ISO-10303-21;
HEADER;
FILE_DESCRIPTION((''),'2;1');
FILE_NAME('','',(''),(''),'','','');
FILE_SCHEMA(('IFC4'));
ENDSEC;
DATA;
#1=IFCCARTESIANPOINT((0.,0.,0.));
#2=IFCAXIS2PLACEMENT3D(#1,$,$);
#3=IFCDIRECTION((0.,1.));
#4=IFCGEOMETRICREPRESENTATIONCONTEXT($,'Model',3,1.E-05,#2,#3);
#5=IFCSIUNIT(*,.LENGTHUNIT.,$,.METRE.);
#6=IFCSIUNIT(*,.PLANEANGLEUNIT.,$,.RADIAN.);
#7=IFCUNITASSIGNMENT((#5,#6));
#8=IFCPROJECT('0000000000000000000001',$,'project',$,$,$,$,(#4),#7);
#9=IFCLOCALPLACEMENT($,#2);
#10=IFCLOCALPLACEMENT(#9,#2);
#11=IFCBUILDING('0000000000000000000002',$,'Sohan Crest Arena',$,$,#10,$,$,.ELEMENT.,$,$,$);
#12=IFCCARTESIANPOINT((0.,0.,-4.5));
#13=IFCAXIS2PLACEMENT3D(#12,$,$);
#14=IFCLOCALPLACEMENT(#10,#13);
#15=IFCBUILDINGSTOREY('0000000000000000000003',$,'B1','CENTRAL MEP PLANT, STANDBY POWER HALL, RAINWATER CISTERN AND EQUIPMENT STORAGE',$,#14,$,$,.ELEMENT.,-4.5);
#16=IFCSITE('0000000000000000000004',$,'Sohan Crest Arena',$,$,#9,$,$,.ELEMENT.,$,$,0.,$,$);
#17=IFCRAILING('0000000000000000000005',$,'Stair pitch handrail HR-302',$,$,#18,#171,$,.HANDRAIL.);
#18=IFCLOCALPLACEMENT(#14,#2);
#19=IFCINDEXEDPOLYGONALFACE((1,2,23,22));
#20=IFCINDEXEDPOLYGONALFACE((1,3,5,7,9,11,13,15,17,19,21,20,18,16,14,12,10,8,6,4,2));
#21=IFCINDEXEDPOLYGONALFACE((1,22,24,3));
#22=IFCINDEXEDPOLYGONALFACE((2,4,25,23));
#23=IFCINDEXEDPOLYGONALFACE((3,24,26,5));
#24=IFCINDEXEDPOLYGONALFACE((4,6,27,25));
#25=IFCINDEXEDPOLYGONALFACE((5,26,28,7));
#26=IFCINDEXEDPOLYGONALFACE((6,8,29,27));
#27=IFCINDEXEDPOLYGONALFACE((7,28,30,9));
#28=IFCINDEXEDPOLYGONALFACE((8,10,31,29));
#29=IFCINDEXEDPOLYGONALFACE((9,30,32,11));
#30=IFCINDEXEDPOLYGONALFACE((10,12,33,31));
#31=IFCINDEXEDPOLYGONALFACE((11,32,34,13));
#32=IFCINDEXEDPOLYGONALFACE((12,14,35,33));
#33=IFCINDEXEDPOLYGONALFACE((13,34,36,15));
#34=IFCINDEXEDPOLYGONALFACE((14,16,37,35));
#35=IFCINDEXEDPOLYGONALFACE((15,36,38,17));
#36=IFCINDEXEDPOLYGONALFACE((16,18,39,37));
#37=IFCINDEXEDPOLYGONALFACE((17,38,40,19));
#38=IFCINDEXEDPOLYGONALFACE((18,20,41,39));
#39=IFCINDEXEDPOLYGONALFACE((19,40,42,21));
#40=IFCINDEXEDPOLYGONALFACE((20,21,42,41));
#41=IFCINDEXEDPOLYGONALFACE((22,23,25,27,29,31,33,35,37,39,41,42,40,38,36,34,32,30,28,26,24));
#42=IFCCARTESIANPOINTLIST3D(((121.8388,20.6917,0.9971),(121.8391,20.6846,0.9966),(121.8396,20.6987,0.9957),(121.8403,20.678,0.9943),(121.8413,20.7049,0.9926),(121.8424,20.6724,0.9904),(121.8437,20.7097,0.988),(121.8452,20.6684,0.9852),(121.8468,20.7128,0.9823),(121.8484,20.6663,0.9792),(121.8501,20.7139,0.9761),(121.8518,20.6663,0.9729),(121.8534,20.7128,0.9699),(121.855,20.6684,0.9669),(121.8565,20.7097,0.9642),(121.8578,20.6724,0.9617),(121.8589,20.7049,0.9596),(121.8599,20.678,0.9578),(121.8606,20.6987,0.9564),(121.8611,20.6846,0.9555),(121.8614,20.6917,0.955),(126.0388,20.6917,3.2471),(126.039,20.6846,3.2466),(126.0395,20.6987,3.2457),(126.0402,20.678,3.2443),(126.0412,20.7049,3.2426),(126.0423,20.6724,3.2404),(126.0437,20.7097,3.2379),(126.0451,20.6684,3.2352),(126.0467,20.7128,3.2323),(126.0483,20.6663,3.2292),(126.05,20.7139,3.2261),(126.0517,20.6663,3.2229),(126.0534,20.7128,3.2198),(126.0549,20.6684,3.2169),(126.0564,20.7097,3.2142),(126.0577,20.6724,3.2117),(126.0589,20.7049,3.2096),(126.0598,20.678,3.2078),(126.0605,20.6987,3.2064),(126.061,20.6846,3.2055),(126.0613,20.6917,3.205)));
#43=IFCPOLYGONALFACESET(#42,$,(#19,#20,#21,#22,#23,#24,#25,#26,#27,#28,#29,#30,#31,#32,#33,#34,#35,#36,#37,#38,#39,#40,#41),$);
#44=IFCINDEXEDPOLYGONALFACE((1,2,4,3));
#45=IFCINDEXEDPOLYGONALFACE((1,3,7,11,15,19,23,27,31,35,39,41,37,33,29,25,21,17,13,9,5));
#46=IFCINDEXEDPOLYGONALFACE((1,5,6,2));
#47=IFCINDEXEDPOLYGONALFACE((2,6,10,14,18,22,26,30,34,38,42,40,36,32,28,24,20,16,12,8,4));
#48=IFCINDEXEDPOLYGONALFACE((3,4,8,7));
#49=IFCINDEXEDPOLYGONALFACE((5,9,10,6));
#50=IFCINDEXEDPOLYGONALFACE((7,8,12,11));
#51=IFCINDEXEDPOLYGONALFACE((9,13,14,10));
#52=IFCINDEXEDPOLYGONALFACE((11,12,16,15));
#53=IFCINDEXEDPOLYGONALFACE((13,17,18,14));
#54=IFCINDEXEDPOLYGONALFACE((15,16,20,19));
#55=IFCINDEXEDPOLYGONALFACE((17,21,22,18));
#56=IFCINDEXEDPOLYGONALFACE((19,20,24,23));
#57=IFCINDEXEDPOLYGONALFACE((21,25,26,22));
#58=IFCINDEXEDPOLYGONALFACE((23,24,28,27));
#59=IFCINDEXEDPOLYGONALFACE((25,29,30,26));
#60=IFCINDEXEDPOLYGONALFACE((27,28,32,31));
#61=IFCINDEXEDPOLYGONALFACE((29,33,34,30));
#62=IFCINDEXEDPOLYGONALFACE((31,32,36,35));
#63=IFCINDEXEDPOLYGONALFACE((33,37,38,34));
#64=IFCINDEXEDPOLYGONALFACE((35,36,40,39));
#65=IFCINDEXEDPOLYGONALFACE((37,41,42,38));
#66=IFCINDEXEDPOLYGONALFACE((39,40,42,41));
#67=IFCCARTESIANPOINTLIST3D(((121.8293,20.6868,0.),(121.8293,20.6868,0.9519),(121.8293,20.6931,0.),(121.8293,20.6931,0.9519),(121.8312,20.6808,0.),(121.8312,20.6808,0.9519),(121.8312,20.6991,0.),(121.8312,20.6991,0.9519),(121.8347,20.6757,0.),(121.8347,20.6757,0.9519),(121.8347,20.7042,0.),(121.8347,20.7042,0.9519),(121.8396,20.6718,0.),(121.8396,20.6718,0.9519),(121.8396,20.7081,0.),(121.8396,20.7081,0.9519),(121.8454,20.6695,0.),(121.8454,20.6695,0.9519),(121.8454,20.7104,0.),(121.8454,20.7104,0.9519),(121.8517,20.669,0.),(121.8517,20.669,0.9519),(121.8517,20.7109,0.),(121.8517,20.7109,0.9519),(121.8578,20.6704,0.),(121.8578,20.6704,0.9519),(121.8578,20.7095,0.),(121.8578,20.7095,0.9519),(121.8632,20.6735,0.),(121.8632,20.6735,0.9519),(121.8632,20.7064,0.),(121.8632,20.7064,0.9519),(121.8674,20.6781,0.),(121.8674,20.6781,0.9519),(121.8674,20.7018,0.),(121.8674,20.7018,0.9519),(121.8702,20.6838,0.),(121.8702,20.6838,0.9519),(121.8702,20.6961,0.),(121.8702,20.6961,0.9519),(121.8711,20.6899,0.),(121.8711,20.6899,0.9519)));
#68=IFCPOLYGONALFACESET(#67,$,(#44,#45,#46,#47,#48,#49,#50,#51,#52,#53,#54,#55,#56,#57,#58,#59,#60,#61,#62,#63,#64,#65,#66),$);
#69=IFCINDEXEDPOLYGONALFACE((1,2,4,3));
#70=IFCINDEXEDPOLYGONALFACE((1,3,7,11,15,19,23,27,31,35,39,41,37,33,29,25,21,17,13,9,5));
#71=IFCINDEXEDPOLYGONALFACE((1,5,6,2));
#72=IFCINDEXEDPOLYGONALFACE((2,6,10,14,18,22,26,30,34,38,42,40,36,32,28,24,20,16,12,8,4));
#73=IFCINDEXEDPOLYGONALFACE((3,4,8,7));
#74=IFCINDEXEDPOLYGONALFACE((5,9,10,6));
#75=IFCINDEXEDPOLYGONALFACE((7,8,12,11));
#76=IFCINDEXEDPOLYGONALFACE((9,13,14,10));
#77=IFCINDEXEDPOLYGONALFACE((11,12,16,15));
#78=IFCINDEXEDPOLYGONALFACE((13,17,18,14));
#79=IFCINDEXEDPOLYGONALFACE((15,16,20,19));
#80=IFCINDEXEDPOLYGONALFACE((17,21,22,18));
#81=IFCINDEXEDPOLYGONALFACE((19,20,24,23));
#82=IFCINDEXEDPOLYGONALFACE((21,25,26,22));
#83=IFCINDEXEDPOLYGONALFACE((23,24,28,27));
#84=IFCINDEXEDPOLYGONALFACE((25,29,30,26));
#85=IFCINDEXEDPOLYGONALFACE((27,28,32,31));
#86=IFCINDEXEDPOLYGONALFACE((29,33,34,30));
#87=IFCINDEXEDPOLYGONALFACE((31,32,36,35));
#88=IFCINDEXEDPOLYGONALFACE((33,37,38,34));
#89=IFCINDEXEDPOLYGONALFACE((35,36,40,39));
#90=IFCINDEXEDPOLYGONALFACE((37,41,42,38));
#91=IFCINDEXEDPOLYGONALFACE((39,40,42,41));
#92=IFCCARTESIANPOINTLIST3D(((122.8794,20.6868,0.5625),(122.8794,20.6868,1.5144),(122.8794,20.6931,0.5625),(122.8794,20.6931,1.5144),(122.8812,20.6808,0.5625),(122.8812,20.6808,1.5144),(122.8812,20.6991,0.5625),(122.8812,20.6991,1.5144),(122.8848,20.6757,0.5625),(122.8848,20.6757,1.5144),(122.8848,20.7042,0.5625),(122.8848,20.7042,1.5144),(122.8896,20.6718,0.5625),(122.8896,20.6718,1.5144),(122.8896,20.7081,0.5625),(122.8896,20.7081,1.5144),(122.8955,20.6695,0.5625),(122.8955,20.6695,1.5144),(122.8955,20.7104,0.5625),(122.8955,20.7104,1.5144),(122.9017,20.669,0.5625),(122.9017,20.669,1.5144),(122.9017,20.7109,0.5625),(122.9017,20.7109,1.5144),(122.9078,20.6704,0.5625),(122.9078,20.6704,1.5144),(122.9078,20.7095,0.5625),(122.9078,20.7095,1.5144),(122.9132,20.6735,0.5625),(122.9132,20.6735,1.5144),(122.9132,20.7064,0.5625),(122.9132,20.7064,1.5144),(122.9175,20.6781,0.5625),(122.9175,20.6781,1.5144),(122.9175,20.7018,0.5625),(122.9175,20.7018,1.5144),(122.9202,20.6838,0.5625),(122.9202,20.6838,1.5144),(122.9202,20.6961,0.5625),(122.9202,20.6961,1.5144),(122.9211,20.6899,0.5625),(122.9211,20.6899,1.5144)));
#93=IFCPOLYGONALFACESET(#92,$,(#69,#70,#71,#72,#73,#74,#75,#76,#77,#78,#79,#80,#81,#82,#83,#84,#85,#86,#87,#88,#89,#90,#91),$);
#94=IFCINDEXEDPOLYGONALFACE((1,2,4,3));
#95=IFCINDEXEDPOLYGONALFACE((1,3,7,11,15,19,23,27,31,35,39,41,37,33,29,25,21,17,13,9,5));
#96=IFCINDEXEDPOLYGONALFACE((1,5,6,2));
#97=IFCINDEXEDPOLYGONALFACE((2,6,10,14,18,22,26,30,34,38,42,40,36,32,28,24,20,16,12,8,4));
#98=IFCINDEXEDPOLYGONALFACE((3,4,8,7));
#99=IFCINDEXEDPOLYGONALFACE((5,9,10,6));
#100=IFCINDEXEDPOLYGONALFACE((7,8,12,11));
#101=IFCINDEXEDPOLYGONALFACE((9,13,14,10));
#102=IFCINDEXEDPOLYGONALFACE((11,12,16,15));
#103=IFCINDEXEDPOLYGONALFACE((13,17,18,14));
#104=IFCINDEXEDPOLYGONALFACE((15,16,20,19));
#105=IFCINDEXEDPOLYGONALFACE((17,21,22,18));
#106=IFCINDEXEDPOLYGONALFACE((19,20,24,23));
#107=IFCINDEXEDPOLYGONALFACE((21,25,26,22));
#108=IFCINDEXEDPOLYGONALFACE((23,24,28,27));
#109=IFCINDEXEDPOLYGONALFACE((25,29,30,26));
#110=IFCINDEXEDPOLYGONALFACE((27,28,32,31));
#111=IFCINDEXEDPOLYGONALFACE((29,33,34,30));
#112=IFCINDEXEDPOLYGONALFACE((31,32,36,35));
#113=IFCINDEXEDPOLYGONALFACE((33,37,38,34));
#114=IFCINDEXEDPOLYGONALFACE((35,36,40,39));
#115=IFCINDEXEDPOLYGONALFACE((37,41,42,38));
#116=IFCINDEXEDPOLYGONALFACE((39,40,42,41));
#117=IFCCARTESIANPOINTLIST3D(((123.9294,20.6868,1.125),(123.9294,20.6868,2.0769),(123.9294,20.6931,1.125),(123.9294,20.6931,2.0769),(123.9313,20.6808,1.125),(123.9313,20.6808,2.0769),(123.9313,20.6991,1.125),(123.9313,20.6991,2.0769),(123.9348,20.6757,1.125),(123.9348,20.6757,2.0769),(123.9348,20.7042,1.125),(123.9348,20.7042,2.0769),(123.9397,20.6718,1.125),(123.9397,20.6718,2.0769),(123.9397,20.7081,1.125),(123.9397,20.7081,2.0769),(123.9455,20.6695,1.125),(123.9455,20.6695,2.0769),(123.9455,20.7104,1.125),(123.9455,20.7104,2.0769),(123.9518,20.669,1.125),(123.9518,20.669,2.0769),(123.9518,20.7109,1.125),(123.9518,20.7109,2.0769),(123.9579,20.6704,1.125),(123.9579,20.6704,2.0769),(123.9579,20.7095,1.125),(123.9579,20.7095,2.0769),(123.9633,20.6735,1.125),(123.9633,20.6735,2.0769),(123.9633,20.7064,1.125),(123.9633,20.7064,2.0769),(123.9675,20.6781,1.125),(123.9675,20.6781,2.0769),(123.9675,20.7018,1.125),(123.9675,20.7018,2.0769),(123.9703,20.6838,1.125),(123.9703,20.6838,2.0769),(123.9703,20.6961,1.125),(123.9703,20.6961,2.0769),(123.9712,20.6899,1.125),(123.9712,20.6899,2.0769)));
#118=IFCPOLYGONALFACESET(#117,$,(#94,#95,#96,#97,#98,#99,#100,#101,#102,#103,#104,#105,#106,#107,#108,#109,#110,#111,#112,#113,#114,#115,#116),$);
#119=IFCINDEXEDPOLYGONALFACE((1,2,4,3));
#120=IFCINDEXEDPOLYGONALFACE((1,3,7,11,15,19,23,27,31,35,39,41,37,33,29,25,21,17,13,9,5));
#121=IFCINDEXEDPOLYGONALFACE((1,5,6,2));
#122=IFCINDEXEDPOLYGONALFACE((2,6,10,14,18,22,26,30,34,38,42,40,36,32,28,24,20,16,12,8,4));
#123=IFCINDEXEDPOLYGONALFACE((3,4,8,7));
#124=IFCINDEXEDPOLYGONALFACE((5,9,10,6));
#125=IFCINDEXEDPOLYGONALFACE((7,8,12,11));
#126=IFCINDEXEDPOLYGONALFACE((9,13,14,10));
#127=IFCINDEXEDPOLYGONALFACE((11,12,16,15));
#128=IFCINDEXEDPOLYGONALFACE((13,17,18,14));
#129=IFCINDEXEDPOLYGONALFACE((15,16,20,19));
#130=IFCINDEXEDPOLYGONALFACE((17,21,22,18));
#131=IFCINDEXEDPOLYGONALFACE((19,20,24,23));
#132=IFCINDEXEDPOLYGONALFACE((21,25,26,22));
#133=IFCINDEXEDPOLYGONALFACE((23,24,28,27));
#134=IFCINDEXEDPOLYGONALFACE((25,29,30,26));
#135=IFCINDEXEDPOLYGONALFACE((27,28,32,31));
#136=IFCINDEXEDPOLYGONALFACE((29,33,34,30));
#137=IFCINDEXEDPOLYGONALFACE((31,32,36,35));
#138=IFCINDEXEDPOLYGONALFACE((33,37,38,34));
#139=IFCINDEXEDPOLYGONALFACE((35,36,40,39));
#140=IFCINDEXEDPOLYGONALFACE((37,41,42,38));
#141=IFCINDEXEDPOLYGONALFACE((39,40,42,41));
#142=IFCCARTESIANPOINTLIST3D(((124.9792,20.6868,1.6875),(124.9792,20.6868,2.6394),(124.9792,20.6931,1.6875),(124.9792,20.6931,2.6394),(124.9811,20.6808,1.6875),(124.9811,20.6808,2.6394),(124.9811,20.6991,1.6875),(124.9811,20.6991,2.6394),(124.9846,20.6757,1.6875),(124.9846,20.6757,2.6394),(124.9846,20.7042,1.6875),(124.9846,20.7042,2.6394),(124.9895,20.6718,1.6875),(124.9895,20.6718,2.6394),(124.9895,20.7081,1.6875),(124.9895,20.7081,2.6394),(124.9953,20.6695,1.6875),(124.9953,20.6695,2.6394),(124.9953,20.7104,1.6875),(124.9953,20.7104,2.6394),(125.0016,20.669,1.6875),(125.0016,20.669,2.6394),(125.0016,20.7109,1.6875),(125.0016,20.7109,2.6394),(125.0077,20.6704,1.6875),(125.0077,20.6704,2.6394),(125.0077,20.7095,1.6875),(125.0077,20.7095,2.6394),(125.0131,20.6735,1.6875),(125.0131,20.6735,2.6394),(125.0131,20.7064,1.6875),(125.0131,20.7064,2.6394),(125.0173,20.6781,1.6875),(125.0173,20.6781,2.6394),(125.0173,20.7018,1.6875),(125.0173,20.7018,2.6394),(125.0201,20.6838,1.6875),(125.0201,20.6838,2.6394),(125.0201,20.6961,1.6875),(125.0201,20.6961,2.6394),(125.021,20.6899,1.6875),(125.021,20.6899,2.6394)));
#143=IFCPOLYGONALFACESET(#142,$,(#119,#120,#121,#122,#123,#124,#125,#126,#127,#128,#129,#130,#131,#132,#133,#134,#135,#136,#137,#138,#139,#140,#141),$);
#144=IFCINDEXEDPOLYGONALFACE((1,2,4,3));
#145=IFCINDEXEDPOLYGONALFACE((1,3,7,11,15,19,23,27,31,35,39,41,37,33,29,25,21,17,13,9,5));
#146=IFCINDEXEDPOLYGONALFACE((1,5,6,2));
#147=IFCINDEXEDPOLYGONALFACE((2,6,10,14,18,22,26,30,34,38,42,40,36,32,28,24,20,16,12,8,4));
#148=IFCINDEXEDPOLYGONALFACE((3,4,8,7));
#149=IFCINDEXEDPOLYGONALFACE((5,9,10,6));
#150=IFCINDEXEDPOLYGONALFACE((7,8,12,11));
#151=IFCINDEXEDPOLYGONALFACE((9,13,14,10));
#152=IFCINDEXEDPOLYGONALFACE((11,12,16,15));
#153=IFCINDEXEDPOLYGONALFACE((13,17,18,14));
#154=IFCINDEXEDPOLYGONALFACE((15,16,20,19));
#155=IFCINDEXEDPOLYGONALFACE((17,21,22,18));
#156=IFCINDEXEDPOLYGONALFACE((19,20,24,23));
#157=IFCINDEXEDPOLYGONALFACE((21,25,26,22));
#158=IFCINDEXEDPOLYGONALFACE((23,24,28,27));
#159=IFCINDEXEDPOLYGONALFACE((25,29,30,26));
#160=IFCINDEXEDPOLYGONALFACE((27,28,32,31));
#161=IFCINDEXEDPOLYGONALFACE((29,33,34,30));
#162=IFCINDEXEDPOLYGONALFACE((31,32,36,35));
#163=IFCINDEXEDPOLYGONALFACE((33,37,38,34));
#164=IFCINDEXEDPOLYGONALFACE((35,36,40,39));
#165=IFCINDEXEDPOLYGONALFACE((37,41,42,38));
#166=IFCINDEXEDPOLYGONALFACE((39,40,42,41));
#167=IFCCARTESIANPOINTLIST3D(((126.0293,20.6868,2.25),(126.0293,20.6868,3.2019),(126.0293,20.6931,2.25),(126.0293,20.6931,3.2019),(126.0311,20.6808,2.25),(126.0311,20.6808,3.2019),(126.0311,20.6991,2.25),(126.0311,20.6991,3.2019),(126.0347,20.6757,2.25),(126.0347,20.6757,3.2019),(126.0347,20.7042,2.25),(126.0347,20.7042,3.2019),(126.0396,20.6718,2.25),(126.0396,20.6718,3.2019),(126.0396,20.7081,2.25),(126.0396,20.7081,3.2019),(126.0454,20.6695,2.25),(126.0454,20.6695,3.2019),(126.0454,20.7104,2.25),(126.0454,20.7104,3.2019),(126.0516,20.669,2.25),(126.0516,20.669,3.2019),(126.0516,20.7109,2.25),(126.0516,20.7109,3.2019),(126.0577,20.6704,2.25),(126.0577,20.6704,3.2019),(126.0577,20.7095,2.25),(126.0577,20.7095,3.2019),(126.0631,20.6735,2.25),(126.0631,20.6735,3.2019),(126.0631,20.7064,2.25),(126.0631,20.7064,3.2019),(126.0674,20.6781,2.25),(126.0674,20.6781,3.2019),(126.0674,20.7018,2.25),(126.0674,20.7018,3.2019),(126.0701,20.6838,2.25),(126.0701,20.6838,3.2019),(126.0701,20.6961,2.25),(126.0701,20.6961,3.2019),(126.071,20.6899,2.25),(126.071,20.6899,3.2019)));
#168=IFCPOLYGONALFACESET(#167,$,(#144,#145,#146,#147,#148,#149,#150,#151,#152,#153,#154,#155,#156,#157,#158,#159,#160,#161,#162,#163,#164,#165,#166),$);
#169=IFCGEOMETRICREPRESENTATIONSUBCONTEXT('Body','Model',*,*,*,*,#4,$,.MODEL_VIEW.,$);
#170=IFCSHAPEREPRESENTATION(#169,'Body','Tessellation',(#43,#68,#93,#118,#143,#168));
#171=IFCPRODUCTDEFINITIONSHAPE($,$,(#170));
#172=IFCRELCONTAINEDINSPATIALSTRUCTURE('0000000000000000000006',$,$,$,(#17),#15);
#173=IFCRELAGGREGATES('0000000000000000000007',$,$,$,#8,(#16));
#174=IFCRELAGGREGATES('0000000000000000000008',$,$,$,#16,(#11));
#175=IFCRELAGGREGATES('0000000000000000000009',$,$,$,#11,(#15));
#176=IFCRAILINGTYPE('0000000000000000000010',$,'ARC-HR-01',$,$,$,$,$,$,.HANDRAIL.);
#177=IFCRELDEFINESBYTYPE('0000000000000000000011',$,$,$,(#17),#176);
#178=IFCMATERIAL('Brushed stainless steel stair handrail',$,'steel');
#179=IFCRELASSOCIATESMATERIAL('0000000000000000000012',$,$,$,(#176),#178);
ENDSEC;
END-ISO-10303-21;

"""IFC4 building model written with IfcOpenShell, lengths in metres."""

from ifc_helpers import new_model, si_unit, direction, frame, origin, origin_2d, place, context, subcontext, project, spatial, circle, extrude, material, type_object, element, save


model = new_model("IFC4")

# Units and contexts
model_context = context("Model", 3, precision=1e-05, world=origin(), true_north=direction((0.0, 1.0)))
body_context = subcontext(model_context, "Body", "Model", "MODEL_VIEW")
ifc_project = project(units=[si_unit("LENGTHUNIT", "METRE"), si_unit("PLANEANGLEUNIT", "RADIAN")], contexts=[model_context])

# Site, building, storey
site_placement = place(None, origin())
site = spatial("IfcSite", under=ifc_project, at=site_placement, Name="Sohan Crest Arena", CompositionType="ELEMENT", RefElevation=0.0)
building_placement = place(site_placement, origin())
building = spatial("IfcBuilding", under=site, at=building_placement, Name="Sohan Crest Arena", CompositionType="ELEMENT")
storey_placement = place(building_placement, frame((0.0, 0.0, -4.5)))
storey = spatial("IfcBuildingStorey", under=building, at=storey_placement, Name="B1", Description="CENTRAL MEP PLANT, STANDBY POWER HALL, RAINWATER CISTERN AND EQUIPMENT STORAGE", CompositionType="ELEMENT", Elevation=-4.5)

# Railing
ifc_material_1 = material(Name="Brushed stainless steel stair handrail", Category="steel")
railing_type_1 = type_object("IfcRailingType", Name="ARC-HR-01", PredefinedType="HANDRAIL", material=ifc_material_1)
for number, where, name in (
    (1, (121.8501, 20.6899, 0.0), "Stair pitch handrail HR-302"),
):
    element("IfcRailing", number, at=place(storey_placement, frame(where)), inside=storey, type_object=railing_type_1, Name=name, PredefinedType="HANDRAIL", context=body_context, shape_type="SweptSolid", body=[
        extrude(circle(Radius=0.0239, at=origin_2d()), frame((0.0, 0.0, 0.9761), z_axis=(0.881478, 0.0, 0.472226), x_axis=(0.0, 1.0, 0.0)), (0.0, 0.0, 1.0), 4.7646),
        extrude(circle(Radius=0.021, at=origin_2d()), origin(), (0.0, 0.0, 1.0), 0.9519),
        extrude(circle(Radius=0.021, at=origin_2d()), frame((1.05, 0.0, 0.5625)), (0.0, 0.0, 1.0), 0.9519),
        extrude(circle(Radius=0.021, at=origin_2d()), frame((2.1001, 0.0, 1.125)), (0.0, 0.0, 1.0), 0.9519),
        extrude(circle(Radius=0.021, at=origin_2d()), frame((3.1499, 0.0, 1.6875)), (0.0, 0.0, 1.0), 0.9519),
        extrude(circle(Radius=0.021, at=origin_2d()), frame((4.2, 0.0, 2.25)), (0.0, 0.0, 1.0), 0.9519),
    ])

save(model, "model.ifc")
